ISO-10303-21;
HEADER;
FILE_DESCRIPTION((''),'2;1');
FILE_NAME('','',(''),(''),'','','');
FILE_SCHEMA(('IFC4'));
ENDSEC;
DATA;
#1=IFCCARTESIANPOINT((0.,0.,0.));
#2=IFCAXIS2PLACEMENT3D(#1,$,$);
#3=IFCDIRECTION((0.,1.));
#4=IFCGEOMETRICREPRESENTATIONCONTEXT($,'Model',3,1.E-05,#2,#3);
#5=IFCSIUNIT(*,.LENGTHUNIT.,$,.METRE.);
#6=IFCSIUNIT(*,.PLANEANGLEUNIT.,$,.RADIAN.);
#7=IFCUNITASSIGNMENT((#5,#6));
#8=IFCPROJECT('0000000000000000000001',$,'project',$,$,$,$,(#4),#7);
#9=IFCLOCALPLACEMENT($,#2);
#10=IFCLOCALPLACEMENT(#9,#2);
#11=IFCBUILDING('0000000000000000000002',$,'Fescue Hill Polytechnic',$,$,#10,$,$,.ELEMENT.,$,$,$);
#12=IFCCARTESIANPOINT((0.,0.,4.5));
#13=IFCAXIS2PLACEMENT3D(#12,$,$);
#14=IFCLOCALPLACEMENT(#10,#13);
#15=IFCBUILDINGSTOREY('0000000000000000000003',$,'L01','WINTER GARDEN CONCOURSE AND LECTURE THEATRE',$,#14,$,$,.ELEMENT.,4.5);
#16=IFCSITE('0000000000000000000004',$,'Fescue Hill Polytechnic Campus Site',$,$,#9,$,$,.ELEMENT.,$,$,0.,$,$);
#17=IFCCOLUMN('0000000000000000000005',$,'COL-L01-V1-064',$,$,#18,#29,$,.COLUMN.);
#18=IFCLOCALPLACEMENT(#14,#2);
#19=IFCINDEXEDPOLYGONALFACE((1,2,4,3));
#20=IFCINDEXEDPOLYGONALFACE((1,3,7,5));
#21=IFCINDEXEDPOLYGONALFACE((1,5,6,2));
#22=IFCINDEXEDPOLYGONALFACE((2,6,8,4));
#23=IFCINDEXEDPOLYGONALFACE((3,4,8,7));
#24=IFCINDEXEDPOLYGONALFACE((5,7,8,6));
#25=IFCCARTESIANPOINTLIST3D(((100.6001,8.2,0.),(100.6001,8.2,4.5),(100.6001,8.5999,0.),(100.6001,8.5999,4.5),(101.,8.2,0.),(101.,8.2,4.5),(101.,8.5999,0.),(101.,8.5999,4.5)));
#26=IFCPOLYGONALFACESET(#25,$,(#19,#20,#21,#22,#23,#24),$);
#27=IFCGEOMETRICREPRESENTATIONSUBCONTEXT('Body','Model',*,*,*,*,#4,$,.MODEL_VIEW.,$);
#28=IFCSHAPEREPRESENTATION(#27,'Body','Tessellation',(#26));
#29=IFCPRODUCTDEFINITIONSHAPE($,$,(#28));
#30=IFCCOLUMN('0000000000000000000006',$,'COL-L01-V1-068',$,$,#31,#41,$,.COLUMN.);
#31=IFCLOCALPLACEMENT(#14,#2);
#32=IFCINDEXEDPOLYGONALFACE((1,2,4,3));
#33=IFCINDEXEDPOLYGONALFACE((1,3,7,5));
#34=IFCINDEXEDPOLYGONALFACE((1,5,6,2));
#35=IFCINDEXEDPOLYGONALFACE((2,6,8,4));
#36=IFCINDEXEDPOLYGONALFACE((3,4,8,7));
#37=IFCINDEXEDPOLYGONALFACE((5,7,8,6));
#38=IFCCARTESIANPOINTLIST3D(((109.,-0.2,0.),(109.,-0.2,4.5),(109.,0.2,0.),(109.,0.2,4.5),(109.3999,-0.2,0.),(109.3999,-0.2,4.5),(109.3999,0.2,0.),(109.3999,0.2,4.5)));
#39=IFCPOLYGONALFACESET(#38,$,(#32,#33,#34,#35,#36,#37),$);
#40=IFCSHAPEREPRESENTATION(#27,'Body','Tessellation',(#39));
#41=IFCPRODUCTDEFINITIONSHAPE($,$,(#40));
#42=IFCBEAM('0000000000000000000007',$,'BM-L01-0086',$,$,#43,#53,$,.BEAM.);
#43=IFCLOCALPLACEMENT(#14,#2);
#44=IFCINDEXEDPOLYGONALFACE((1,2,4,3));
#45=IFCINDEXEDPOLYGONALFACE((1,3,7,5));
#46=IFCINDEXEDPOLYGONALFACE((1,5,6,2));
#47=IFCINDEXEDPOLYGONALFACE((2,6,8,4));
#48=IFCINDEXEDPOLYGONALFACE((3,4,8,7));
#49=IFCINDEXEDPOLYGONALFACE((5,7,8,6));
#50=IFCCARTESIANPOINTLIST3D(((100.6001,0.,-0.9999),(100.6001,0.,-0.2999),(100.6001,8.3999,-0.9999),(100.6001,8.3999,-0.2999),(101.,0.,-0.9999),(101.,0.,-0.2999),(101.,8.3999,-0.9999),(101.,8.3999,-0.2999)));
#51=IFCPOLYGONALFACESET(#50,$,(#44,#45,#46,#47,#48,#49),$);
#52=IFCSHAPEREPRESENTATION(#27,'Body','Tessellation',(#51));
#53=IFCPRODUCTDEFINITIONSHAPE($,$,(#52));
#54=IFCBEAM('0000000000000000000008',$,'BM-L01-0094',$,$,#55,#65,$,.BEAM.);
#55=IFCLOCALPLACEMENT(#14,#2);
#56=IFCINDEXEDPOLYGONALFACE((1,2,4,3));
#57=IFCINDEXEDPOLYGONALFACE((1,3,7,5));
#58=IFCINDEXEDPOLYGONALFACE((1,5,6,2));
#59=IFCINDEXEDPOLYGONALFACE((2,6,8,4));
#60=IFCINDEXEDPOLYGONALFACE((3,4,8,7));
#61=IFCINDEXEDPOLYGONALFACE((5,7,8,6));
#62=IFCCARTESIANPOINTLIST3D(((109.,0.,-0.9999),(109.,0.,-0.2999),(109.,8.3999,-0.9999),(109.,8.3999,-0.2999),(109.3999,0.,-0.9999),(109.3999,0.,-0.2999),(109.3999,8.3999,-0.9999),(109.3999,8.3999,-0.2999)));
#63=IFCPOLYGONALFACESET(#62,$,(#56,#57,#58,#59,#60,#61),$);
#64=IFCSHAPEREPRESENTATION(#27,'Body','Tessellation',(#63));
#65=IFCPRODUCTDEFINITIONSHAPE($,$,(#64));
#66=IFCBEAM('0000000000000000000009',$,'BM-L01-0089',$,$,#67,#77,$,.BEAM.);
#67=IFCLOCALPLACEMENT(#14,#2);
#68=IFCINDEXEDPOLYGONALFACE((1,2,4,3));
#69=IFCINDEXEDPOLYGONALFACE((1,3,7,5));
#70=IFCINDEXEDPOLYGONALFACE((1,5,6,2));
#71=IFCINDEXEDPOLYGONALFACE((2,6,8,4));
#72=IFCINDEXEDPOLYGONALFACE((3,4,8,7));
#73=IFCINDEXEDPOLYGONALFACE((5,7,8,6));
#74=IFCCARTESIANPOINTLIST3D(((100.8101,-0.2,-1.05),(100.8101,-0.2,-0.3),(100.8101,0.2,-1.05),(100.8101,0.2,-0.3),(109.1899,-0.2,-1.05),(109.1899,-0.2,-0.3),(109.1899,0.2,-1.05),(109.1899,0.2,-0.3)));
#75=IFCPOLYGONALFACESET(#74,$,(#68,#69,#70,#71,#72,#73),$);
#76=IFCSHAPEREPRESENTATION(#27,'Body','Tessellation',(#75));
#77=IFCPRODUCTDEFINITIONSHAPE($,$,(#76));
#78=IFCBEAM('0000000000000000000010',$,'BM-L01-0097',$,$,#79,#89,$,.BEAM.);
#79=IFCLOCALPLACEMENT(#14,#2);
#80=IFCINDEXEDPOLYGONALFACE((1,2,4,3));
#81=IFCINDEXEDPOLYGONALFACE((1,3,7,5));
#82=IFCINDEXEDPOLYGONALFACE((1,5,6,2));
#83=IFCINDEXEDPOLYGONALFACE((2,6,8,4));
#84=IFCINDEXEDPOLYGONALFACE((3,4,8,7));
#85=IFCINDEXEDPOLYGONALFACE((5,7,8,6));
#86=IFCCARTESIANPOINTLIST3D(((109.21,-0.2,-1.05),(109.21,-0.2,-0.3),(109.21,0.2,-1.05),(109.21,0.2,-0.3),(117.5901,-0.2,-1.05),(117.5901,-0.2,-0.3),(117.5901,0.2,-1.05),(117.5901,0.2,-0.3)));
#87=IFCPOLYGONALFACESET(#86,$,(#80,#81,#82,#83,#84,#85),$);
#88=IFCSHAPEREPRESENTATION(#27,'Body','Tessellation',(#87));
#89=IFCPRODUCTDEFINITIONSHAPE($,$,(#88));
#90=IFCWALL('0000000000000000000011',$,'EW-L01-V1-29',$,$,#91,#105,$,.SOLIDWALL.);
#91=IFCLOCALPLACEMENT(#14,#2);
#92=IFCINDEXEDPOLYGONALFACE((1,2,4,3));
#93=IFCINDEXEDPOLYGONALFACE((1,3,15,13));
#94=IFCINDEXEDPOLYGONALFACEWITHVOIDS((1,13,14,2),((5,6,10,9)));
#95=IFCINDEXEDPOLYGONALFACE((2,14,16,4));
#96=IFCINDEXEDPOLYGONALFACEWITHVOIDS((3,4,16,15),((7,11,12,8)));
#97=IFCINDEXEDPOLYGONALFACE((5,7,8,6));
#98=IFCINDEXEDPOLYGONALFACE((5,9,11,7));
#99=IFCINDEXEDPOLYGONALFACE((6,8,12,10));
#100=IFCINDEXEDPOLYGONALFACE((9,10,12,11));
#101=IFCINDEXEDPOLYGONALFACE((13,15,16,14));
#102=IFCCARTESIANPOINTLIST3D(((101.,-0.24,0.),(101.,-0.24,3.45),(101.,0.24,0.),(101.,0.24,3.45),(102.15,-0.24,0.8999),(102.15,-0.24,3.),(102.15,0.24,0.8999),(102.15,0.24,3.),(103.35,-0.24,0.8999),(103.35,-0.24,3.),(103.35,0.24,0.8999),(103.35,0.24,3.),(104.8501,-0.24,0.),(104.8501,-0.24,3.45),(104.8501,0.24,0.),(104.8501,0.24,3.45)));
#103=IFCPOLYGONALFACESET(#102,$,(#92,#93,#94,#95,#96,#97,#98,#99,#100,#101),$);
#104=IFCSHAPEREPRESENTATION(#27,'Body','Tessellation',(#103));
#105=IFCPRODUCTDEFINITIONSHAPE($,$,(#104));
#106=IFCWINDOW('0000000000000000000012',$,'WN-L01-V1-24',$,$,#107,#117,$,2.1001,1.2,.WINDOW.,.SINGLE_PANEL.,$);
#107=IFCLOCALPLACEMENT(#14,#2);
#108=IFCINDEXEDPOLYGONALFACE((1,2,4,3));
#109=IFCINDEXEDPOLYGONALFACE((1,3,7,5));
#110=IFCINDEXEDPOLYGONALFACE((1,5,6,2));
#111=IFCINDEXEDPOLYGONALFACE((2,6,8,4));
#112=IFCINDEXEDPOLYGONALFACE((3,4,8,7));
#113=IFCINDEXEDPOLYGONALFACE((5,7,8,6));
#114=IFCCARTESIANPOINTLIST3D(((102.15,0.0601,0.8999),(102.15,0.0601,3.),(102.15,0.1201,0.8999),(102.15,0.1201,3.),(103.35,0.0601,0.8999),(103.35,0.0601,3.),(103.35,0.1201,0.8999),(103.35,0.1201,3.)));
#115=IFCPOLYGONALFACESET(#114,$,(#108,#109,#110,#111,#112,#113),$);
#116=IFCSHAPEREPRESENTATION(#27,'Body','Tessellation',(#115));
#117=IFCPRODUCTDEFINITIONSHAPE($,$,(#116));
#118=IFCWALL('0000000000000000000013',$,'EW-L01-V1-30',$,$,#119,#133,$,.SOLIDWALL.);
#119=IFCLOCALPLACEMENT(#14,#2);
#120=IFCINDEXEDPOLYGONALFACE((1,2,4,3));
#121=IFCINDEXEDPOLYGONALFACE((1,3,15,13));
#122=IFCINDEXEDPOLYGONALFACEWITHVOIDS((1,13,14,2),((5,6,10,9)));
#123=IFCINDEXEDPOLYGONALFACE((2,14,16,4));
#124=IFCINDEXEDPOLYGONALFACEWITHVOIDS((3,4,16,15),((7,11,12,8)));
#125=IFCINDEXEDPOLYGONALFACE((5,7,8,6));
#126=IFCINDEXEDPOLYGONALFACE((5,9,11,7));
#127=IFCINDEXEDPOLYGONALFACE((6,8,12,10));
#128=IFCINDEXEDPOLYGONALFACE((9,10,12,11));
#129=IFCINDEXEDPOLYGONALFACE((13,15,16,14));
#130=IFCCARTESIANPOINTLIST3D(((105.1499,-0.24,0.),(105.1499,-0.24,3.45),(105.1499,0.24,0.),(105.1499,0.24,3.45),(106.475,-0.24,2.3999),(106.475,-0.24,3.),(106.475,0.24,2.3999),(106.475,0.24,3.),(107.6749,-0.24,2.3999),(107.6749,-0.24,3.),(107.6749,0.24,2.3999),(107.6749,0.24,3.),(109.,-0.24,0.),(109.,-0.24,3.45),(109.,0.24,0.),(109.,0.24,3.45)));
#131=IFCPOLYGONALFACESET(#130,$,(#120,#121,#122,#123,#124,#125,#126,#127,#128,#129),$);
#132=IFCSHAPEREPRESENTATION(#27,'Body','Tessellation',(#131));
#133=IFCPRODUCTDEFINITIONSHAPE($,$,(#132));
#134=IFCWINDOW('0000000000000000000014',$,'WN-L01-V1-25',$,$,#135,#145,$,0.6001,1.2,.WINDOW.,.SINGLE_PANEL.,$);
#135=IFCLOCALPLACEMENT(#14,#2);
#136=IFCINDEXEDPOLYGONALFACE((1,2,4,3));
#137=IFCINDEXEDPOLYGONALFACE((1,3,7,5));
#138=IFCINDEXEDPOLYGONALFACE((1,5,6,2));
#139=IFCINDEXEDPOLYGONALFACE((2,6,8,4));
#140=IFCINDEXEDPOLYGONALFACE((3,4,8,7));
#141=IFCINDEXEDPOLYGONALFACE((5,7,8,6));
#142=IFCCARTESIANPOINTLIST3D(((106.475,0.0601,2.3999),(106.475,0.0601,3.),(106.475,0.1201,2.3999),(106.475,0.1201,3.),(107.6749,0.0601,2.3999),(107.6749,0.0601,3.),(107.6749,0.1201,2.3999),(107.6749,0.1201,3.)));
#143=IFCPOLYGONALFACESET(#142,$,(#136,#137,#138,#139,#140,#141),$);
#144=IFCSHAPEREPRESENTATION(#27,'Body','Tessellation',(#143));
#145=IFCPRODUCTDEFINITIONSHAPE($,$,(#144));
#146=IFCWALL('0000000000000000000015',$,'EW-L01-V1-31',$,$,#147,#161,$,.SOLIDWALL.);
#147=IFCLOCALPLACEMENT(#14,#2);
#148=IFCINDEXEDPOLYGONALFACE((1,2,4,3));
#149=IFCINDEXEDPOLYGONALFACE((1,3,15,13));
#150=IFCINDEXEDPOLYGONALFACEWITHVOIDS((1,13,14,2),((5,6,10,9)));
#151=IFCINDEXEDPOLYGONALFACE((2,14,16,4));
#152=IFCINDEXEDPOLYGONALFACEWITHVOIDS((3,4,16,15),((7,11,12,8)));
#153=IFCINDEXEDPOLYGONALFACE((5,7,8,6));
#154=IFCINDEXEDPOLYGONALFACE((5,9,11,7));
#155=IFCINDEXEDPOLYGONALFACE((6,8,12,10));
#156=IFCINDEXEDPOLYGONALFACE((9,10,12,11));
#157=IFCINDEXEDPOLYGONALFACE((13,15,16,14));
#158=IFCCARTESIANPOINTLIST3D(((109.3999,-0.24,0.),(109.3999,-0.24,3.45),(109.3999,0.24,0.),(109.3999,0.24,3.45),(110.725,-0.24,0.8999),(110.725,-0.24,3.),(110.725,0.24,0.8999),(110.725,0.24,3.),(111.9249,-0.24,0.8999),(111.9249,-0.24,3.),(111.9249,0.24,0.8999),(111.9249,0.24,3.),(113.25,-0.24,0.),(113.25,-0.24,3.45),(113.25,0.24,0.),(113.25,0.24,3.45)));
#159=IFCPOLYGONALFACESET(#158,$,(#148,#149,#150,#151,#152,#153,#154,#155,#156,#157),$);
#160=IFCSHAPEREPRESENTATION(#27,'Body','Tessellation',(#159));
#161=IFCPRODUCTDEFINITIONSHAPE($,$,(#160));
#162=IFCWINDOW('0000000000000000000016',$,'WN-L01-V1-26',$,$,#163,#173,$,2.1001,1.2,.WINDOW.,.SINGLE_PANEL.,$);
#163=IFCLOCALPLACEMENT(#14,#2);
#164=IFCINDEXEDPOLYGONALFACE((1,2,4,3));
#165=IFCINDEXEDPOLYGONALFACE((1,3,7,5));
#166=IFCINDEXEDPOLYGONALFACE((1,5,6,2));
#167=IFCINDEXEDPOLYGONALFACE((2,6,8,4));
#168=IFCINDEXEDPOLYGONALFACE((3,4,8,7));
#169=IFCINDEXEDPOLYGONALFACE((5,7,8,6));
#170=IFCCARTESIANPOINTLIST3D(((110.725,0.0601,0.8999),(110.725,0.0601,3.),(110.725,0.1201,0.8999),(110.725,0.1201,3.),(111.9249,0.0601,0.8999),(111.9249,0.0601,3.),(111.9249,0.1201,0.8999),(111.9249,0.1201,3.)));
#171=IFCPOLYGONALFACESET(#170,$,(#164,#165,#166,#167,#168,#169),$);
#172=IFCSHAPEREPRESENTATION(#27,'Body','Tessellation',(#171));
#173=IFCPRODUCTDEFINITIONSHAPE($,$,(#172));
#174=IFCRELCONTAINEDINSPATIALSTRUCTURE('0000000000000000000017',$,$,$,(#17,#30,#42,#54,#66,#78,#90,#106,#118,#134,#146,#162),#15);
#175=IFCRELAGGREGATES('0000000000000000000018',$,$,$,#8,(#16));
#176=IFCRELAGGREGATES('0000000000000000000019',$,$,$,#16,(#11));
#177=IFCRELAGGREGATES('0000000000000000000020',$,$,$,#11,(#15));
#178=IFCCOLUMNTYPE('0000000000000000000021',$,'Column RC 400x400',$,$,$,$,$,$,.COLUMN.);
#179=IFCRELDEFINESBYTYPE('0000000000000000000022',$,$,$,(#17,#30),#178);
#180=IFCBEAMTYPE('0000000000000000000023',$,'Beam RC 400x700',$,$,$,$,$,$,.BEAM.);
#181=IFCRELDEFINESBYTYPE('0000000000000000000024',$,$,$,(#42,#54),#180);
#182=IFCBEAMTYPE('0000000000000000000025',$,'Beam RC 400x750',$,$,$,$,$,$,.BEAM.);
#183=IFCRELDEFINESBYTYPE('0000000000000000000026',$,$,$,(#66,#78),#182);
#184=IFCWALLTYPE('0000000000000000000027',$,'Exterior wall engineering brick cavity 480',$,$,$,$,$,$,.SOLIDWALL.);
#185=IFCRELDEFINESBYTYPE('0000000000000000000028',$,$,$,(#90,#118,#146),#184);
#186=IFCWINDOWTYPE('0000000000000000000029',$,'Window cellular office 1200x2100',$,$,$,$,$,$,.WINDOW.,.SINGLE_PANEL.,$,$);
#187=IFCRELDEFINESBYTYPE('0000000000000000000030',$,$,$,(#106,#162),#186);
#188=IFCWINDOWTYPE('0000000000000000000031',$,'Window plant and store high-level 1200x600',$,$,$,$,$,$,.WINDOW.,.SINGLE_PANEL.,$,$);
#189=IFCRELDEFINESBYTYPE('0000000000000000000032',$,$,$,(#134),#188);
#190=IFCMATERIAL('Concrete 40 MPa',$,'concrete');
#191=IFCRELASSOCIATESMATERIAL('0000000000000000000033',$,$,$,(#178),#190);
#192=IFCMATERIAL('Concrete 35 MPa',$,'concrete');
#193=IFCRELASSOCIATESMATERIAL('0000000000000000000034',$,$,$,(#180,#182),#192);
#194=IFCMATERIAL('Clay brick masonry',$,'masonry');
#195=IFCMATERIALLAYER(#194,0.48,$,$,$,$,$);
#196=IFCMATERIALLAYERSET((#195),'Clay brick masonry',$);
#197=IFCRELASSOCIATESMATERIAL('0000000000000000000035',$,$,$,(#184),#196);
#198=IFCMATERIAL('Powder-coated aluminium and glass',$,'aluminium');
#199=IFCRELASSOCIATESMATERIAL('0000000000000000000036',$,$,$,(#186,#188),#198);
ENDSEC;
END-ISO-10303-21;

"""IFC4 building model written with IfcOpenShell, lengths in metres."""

from ifc_helpers import new_model, si_unit, direction, frame, frame_2d, origin, origin_2d, place, context, subcontext, project, spatial, rectangle, extrude, material, layer, layer_set, material_profile, profile_set, type_object, element, fill, save


model = new_model("IFC4")

# Units and contexts
model_context = context("Model", 3, precision=1e-05, world=origin(), true_north=direction((0.0, 1.0)))
body_context = subcontext(model_context, "Body", "Model", "MODEL_VIEW")
ifc_project = project(units=[si_unit("LENGTHUNIT", "METRE"), si_unit("PLANEANGLEUNIT", "RADIAN")], contexts=[model_context])

# Site, building, storey
site_placement = place(None, origin())
site = spatial("IfcSite", under=ifc_project, at=site_placement, Name="Fescue Hill Polytechnic Campus Site", CompositionType="ELEMENT", RefElevation=0.0)
building_placement = place(site_placement, origin())
building = spatial("IfcBuilding", under=site, at=building_placement, Name="Fescue Hill Polytechnic", CompositionType="ELEMENT")
storey_placement = place(building_placement, frame((0.0, 0.0, 4.5)))
storey = spatial("IfcBuildingStorey", under=building, at=storey_placement, Name="L01", Description="WINTER GARDEN CONCOURSE AND LECTURE THEATRE", CompositionType="ELEMENT", Elevation=4.5)

# Columns
ifc_material_1 = material(Name="Concrete 40 MPa", Category="concrete")
ifc_material_profile_1 = material_profile(ifc_material_1, rectangle(XDim=0.3999, YDim=0.3999, at=origin_2d()), Name="RC 400x400")
ifc_profile_set_1 = profile_set([ifc_material_profile_1], Name="Concrete 40 MPa")
column_type = type_object("IfcColumnType", Name="Column RC 400x400", PredefinedType="COLUMN", material=ifc_profile_set_1)
for number, where, z_axis, x_axis, name in (
    (1, (100.8, 8.3999, 0.0), (0.0, 0.0, 1.0), (1.0, 0.0, 0.0), "COL-L01-V1-064"),
    (2, (109.2, 0.0, 0.0), (0.0, 0.0, 1.0), (1.0, 0.0, 0.0), "COL-L01-V1-068"),
):
    element("IfcColumn", number, at=place(storey_placement, frame(where, z_axis=z_axis, x_axis=x_axis)), inside=storey, type_object=column_type, Name=name, PredefinedType="COLUMN", context=body_context, shape_type="SweptSolid", body=[
        extrude(rectangle(XDim=0.3999, YDim=0.3999, at=origin_2d()), origin(), (0.0, 0.0, 1.0), 4.5),
    ])

# Beams
ifc_material_2 = material(Name="Concrete 35 MPa", Category="concrete")
ifc_material_profile_2 = material_profile(ifc_material_2, rectangle(XDim=0.3999, YDim=0.7, at=origin_2d()), Name="RC 400x700")
ifc_profile_set_2 = profile_set([ifc_material_profile_2], Name="Concrete 35 MPa")
beam_type_1 = type_object("IfcBeamType", Name="Beam RC 400x700", PredefinedType="BEAM", material=ifc_profile_set_2)
for number, where, z_axis, x_axis, name in (
    (3, (100.8, 0.0, -0.6499), (0.0, 1.0, 0.0), (-1.0, 0.0, 0.0), "BM-L01-0086"),
    (4, (109.2, 0.0, -0.6499), (0.0, 1.0, 0.0), (-1.0, 0.0, 0.0), "BM-L01-0094"),
):
    element("IfcBeam", number, at=place(storey_placement, frame(where, z_axis=z_axis, x_axis=x_axis)), inside=storey, type_object=beam_type_1, Name=name, PredefinedType="BEAM", context=body_context, shape_type="SweptSolid", body=[
        extrude(rectangle(XDim=0.3999, YDim=0.7, at=origin_2d()), origin(), (0.0, 0.0, 1.0), 8.3999),
    ])
ifc_material_profile_3 = material_profile(ifc_material_2, rectangle(XDim=0.3999, YDim=0.75, at=origin_2d()), Name="RC 400x750")
ifc_profile_set_3 = profile_set([ifc_material_profile_3], Name="Concrete 35 MPa")
beam_type_2 = type_object("IfcBeamType", Name="Beam RC 400x750", PredefinedType="BEAM", material=ifc_profile_set_3)
beam_1_placement = place(storey_placement, frame((100.8101, 0.0, -0.675), z_axis=(1.0, 0.0, 0.0), x_axis=(0.0, 1.0, 0.0)))
element("IfcBeam", 5, at=beam_1_placement, inside=storey, type_object=beam_type_2, Name="BM-L01-0089", PredefinedType="BEAM", context=body_context, shape_type="SweptSolid", body=[
    extrude(rectangle(XDim=0.3999, YDim=0.75, at=origin_2d()), origin(), (0.0, 0.0, 1.0), 8.3799),
])
beam_2_placement = place(storey_placement, frame((109.21, 0.0, -0.675), z_axis=(1.0, 0.0, 0.0), x_axis=(0.0, 1.0, 0.0)))
element("IfcBeam", 6, at=beam_2_placement, inside=storey, type_object=beam_type_2, Name="BM-L01-0097", PredefinedType="BEAM", context=body_context, shape_type="SweptSolid", body=[
    extrude(rectangle(XDim=0.3999, YDim=0.75, at=origin_2d()), origin(), (0.0, 0.0, 1.0), 8.3801),
])

# Walls, openings, windows
ifc_material_3 = material(Name="Clay brick masonry", Category="masonry")
ifc_layer_1 = layer(ifc_material_3, 0.48)
ifc_layer_set_1 = layer_set([ifc_layer_1], Name="Clay brick masonry")
wall_type_1 = type_object("IfcWallType", Name="Exterior wall engineering brick cavity 480", PredefinedType="SOLIDWALL", material=ifc_layer_set_1)
wall_1_placement = place(storey_placement, frame((101.0, 0.0, 0.0), z_axis=(0.0, 0.0, 1.0), x_axis=(1.0, 0.0, 0.0)))
wall_1 = element("IfcWall", 7, at=wall_1_placement, inside=storey, type_object=wall_type_1, Name="EW-L01-V1-29", PredefinedType="SOLIDWALL", context=body_context, shape_type="SweptSolid", body=[
    extrude(rectangle(XDim=3.8501, YDim=0.48, at=frame_2d((1.925, 0.0))), origin(), (0.0, 0.0, 1.0), 3.45),
])
opening_1_placement = place(wall_1_placement, frame((1.1499, 0.0, 0.8999)))
opening_1 = element("IfcOpeningElement", 8, at=opening_1_placement, cuts=wall_1, PredefinedType="OPENING", context=body_context, shape_type="SweptSolid", body=[
    extrude(rectangle(XDim=1.2, YDim=2.1001, at=frame_2d((0.6001, 1.05))), frame((0.0, 0.25, 0.0), z_axis=(0.0, -1.0, 0.0), x_axis=(1.0, 0.0, 0.0)), (0.0, 0.0, 1.0), 0.5),
])
ifc_material_4 = material(Name="Powder-coated aluminium and glass", Category="aluminium")
window_type_1 = type_object("IfcWindowType", Name="Window cellular office 1200x2100", PartitioningType="SINGLE_PANEL", PredefinedType="WINDOW", material=ifc_material_4)
window_1_placement = place(opening_1_placement, origin())
window_1 = element("IfcWindow", 9, at=window_1_placement, inside=storey, type_object=window_type_1, Name="WN-L01-V1-24", OverallHeight=2.1001, OverallWidth=1.2, PartitioningType="SINGLE_PANEL", PredefinedType="WINDOW", context=body_context, shape_type="SweptSolid", body=[
    extrude(rectangle(XDim=1.2, YDim=2.1001, at=frame_2d((0.6001, 1.05))), frame((0.0, 0.1201, 0.0), z_axis=(0.0, -1.0, 0.0), x_axis=(1.0, 0.0, 0.0)), (0.0, 0.0, 1.0), 0.0601),
])
fill(opening_1, window_1)
wall_2_placement = place(storey_placement, frame((105.1499, 0.0, 0.0), z_axis=(0.0, 0.0, 1.0), x_axis=(1.0, 0.0, 0.0)))
wall_2 = element("IfcWall", 10, at=wall_2_placement, inside=storey, type_object=wall_type_1, Name="EW-L01-V1-30", PredefinedType="SOLIDWALL", context=body_context, shape_type="SweptSolid", body=[
    extrude(rectangle(XDim=3.8501, YDim=0.48, at=frame_2d((1.925, 0.0))), origin(), (0.0, 0.0, 1.0), 3.45),
])
opening_2_placement = place(wall_2_placement, frame((1.325, 0.0, 2.3999)))
opening_2 = element("IfcOpeningElement", 11, at=opening_2_placement, cuts=wall_2, PredefinedType="OPENING", context=body_context, shape_type="SweptSolid", body=[
    extrude(rectangle(XDim=1.2, YDim=0.6001, at=frame_2d((0.6001, 0.3))), frame((0.0, 0.25, 0.0), z_axis=(0.0, -1.0, 0.0), x_axis=(1.0, 0.0, 0.0)), (0.0, 0.0, 1.0), 0.5),
])
window_type_2 = type_object("IfcWindowType", Name="Window plant and store high-level 1200x600", PartitioningType="SINGLE_PANEL", PredefinedType="WINDOW", material=ifc_material_4)
window_2_placement = place(opening_2_placement, origin())
window_2 = element("IfcWindow", 12, at=window_2_placement, inside=storey, type_object=window_type_2, Name="WN-L01-V1-25", OverallHeight=0.6001, OverallWidth=1.2, PartitioningType="SINGLE_PANEL", PredefinedType="WINDOW", context=body_context, shape_type="SweptSolid", body=[
    extrude(rectangle(XDim=1.2, YDim=0.6001, at=frame_2d((0.6001, 0.3))), frame((0.0, 0.1201, 0.0), z_axis=(0.0, -1.0, 0.0), x_axis=(1.0, 0.0, 0.0)), (0.0, 0.0, 1.0), 0.0601),
])
fill(opening_2, window_2)
wall_3_placement = place(storey_placement, frame((109.3999, 0.0, 0.0), z_axis=(0.0, 0.0, 1.0), x_axis=(1.0, 0.0, 0.0)))
wall_3 = element("IfcWall", 13, at=wall_3_placement, inside=storey, type_object=wall_type_1, Name="EW-L01-V1-31", PredefinedType="SOLIDWALL", context=body_context, shape_type="SweptSolid", body=[
    extrude(rectangle(XDim=3.8501, YDim=0.48, at=frame_2d((1.925, 0.0))), origin(), (0.0, 0.0, 1.0), 3.45),
])
opening_3_placement = place(wall_3_placement, frame((1.325, 0.0, 0.8999)))
opening_3 = element("IfcOpeningElement", 14, at=opening_3_placement, cuts=wall_3, PredefinedType="OPENING", context=body_context, shape_type="SweptSolid", body=[
    extrude(rectangle(XDim=1.2, YDim=2.1001, at=frame_2d((0.6001, 1.05))), frame((0.0, 0.25, 0.0), z_axis=(0.0, -1.0, 0.0), x_axis=(1.0, 0.0, 0.0)), (0.0, 0.0, 1.0), 0.5),
])
window_3_placement = place(opening_3_placement, origin())
window_3 = element("IfcWindow", 15, at=window_3_placement, inside=storey, type_object=window_type_1, Name="WN-L01-V1-26", OverallHeight=2.1001, OverallWidth=1.2, PartitioningType="SINGLE_PANEL", PredefinedType="WINDOW", context=body_context, shape_type="SweptSolid", body=[
    extrude(rectangle(XDim=1.2, YDim=2.1001, at=frame_2d((0.6001, 1.05))), frame((0.0, 0.1201, 0.0), z_axis=(0.0, -1.0, 0.0), x_axis=(1.0, 0.0, 0.0)), (0.0, 0.0, 1.0), 0.0601),
])
fill(opening_3, window_3)

save(model, "model.ifc")
